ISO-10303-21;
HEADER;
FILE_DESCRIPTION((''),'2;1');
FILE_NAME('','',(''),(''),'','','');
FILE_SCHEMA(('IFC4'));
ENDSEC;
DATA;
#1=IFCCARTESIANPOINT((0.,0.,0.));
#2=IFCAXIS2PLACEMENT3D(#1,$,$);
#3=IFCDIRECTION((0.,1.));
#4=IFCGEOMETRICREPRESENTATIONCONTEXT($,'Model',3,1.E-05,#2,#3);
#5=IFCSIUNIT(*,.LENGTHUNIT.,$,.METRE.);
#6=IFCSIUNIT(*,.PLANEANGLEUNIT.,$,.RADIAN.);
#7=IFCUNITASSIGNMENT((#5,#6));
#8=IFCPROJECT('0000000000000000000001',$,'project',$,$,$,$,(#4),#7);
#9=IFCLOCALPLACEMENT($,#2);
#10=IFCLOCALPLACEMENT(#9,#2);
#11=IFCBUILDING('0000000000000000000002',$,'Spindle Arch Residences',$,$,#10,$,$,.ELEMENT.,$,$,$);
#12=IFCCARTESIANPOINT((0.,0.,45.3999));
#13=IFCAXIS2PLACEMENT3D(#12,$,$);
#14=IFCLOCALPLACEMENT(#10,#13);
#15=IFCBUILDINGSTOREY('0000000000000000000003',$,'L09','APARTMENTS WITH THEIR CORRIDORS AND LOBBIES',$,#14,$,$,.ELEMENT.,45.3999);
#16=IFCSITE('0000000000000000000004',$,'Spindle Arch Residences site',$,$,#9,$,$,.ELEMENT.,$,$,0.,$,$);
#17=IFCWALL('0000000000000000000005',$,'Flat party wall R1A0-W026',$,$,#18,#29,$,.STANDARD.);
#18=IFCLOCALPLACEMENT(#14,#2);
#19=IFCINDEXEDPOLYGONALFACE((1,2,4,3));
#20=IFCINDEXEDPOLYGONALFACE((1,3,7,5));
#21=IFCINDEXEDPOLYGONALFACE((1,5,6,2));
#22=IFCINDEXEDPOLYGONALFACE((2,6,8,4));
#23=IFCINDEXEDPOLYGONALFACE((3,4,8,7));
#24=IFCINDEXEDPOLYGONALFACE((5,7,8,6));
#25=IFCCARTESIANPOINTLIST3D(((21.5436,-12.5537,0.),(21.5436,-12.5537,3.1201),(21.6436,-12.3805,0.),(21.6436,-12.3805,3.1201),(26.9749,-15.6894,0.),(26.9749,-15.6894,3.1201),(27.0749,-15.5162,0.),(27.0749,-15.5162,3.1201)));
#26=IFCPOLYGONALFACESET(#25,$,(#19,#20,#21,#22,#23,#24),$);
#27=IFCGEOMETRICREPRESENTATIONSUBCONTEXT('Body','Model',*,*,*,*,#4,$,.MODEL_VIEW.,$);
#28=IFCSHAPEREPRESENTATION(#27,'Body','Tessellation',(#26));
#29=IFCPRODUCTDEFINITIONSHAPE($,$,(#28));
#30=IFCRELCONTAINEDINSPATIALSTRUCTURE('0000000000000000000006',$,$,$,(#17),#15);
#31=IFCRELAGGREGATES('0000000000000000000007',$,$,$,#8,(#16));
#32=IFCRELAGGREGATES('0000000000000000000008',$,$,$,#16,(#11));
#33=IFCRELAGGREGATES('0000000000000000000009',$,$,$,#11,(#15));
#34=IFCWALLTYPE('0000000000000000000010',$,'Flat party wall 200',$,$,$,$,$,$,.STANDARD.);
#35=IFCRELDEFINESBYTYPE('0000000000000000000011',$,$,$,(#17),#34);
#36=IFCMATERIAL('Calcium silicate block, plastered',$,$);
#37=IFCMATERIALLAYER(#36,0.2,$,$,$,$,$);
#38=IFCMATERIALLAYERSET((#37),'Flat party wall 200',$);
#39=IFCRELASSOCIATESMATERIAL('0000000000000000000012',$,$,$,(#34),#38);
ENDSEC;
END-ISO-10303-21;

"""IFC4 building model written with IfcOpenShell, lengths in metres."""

from ifc_helpers import new_model, si_unit, direction, frame, frame_2d, origin, place, context, subcontext, project, spatial, rectangle, extrude, material, layer, layer_set, type_object, element, save


model = new_model("IFC4")

# Units and contexts
model_context = context("Model", 3, precision=1e-05, world=origin(), true_north=direction((0.0, 1.0)))
body_context = subcontext(model_context, "Body", "Model", "MODEL_VIEW")
ifc_project = project(units=[si_unit("LENGTHUNIT", "METRE"), si_unit("PLANEANGLEUNIT", "RADIAN")], contexts=[model_context])

# Site, building, storey
site_placement = place(None, origin())
site = spatial("IfcSite", under=ifc_project, at=site_placement, Name="Spindle Arch Residences site", CompositionType="ELEMENT", RefElevation=0.0)
building_placement = place(site_placement, origin())
building = spatial("IfcBuilding", under=site, at=building_placement, Name="Spindle Arch Residences", CompositionType="ELEMENT")
storey_placement = place(building_placement, frame((0.0, 0.0, 45.3999)))
storey = spatial("IfcBuildingStorey", under=building, at=storey_placement, Name="L09", Description="APARTMENTS WITH THEIR CORRIDORS AND LOBBIES", CompositionType="ELEMENT", Elevation=45.3999)

# Wall
ifc_material_1 = material(Name="Calcium silicate block, plastered")
ifc_layer_1 = layer(ifc_material_1, 0.2)
ifc_layer_set_1 = layer_set([ifc_layer_1], Name="Flat party wall 200")
wall_type_1 = type_object("IfcWallType", Name="Flat party wall 200", PredefinedType="STANDARD", material=ifc_layer_set_1)
wall_1_placement = place(storey_placement, frame((27.0249, -15.6028, 0.0), z_axis=(0.0, 0.0, 1.0), x_axis=(-0.866031, 0.499991, 0.0)))
element("IfcWall", 1, at=wall_1_placement, inside=storey, type_object=wall_type_1, Name="Flat party wall R1A0-W026", PredefinedType="STANDARD", context=body_context, shape_type="SweptSolid", body=[
    extrude(rectangle(XDim=6.2715, YDim=0.2, at=frame_2d((3.1357, 0.0))), origin(), (0.0, 0.0, 1.0), 3.1201),
])

save(model, "model.ifc")
